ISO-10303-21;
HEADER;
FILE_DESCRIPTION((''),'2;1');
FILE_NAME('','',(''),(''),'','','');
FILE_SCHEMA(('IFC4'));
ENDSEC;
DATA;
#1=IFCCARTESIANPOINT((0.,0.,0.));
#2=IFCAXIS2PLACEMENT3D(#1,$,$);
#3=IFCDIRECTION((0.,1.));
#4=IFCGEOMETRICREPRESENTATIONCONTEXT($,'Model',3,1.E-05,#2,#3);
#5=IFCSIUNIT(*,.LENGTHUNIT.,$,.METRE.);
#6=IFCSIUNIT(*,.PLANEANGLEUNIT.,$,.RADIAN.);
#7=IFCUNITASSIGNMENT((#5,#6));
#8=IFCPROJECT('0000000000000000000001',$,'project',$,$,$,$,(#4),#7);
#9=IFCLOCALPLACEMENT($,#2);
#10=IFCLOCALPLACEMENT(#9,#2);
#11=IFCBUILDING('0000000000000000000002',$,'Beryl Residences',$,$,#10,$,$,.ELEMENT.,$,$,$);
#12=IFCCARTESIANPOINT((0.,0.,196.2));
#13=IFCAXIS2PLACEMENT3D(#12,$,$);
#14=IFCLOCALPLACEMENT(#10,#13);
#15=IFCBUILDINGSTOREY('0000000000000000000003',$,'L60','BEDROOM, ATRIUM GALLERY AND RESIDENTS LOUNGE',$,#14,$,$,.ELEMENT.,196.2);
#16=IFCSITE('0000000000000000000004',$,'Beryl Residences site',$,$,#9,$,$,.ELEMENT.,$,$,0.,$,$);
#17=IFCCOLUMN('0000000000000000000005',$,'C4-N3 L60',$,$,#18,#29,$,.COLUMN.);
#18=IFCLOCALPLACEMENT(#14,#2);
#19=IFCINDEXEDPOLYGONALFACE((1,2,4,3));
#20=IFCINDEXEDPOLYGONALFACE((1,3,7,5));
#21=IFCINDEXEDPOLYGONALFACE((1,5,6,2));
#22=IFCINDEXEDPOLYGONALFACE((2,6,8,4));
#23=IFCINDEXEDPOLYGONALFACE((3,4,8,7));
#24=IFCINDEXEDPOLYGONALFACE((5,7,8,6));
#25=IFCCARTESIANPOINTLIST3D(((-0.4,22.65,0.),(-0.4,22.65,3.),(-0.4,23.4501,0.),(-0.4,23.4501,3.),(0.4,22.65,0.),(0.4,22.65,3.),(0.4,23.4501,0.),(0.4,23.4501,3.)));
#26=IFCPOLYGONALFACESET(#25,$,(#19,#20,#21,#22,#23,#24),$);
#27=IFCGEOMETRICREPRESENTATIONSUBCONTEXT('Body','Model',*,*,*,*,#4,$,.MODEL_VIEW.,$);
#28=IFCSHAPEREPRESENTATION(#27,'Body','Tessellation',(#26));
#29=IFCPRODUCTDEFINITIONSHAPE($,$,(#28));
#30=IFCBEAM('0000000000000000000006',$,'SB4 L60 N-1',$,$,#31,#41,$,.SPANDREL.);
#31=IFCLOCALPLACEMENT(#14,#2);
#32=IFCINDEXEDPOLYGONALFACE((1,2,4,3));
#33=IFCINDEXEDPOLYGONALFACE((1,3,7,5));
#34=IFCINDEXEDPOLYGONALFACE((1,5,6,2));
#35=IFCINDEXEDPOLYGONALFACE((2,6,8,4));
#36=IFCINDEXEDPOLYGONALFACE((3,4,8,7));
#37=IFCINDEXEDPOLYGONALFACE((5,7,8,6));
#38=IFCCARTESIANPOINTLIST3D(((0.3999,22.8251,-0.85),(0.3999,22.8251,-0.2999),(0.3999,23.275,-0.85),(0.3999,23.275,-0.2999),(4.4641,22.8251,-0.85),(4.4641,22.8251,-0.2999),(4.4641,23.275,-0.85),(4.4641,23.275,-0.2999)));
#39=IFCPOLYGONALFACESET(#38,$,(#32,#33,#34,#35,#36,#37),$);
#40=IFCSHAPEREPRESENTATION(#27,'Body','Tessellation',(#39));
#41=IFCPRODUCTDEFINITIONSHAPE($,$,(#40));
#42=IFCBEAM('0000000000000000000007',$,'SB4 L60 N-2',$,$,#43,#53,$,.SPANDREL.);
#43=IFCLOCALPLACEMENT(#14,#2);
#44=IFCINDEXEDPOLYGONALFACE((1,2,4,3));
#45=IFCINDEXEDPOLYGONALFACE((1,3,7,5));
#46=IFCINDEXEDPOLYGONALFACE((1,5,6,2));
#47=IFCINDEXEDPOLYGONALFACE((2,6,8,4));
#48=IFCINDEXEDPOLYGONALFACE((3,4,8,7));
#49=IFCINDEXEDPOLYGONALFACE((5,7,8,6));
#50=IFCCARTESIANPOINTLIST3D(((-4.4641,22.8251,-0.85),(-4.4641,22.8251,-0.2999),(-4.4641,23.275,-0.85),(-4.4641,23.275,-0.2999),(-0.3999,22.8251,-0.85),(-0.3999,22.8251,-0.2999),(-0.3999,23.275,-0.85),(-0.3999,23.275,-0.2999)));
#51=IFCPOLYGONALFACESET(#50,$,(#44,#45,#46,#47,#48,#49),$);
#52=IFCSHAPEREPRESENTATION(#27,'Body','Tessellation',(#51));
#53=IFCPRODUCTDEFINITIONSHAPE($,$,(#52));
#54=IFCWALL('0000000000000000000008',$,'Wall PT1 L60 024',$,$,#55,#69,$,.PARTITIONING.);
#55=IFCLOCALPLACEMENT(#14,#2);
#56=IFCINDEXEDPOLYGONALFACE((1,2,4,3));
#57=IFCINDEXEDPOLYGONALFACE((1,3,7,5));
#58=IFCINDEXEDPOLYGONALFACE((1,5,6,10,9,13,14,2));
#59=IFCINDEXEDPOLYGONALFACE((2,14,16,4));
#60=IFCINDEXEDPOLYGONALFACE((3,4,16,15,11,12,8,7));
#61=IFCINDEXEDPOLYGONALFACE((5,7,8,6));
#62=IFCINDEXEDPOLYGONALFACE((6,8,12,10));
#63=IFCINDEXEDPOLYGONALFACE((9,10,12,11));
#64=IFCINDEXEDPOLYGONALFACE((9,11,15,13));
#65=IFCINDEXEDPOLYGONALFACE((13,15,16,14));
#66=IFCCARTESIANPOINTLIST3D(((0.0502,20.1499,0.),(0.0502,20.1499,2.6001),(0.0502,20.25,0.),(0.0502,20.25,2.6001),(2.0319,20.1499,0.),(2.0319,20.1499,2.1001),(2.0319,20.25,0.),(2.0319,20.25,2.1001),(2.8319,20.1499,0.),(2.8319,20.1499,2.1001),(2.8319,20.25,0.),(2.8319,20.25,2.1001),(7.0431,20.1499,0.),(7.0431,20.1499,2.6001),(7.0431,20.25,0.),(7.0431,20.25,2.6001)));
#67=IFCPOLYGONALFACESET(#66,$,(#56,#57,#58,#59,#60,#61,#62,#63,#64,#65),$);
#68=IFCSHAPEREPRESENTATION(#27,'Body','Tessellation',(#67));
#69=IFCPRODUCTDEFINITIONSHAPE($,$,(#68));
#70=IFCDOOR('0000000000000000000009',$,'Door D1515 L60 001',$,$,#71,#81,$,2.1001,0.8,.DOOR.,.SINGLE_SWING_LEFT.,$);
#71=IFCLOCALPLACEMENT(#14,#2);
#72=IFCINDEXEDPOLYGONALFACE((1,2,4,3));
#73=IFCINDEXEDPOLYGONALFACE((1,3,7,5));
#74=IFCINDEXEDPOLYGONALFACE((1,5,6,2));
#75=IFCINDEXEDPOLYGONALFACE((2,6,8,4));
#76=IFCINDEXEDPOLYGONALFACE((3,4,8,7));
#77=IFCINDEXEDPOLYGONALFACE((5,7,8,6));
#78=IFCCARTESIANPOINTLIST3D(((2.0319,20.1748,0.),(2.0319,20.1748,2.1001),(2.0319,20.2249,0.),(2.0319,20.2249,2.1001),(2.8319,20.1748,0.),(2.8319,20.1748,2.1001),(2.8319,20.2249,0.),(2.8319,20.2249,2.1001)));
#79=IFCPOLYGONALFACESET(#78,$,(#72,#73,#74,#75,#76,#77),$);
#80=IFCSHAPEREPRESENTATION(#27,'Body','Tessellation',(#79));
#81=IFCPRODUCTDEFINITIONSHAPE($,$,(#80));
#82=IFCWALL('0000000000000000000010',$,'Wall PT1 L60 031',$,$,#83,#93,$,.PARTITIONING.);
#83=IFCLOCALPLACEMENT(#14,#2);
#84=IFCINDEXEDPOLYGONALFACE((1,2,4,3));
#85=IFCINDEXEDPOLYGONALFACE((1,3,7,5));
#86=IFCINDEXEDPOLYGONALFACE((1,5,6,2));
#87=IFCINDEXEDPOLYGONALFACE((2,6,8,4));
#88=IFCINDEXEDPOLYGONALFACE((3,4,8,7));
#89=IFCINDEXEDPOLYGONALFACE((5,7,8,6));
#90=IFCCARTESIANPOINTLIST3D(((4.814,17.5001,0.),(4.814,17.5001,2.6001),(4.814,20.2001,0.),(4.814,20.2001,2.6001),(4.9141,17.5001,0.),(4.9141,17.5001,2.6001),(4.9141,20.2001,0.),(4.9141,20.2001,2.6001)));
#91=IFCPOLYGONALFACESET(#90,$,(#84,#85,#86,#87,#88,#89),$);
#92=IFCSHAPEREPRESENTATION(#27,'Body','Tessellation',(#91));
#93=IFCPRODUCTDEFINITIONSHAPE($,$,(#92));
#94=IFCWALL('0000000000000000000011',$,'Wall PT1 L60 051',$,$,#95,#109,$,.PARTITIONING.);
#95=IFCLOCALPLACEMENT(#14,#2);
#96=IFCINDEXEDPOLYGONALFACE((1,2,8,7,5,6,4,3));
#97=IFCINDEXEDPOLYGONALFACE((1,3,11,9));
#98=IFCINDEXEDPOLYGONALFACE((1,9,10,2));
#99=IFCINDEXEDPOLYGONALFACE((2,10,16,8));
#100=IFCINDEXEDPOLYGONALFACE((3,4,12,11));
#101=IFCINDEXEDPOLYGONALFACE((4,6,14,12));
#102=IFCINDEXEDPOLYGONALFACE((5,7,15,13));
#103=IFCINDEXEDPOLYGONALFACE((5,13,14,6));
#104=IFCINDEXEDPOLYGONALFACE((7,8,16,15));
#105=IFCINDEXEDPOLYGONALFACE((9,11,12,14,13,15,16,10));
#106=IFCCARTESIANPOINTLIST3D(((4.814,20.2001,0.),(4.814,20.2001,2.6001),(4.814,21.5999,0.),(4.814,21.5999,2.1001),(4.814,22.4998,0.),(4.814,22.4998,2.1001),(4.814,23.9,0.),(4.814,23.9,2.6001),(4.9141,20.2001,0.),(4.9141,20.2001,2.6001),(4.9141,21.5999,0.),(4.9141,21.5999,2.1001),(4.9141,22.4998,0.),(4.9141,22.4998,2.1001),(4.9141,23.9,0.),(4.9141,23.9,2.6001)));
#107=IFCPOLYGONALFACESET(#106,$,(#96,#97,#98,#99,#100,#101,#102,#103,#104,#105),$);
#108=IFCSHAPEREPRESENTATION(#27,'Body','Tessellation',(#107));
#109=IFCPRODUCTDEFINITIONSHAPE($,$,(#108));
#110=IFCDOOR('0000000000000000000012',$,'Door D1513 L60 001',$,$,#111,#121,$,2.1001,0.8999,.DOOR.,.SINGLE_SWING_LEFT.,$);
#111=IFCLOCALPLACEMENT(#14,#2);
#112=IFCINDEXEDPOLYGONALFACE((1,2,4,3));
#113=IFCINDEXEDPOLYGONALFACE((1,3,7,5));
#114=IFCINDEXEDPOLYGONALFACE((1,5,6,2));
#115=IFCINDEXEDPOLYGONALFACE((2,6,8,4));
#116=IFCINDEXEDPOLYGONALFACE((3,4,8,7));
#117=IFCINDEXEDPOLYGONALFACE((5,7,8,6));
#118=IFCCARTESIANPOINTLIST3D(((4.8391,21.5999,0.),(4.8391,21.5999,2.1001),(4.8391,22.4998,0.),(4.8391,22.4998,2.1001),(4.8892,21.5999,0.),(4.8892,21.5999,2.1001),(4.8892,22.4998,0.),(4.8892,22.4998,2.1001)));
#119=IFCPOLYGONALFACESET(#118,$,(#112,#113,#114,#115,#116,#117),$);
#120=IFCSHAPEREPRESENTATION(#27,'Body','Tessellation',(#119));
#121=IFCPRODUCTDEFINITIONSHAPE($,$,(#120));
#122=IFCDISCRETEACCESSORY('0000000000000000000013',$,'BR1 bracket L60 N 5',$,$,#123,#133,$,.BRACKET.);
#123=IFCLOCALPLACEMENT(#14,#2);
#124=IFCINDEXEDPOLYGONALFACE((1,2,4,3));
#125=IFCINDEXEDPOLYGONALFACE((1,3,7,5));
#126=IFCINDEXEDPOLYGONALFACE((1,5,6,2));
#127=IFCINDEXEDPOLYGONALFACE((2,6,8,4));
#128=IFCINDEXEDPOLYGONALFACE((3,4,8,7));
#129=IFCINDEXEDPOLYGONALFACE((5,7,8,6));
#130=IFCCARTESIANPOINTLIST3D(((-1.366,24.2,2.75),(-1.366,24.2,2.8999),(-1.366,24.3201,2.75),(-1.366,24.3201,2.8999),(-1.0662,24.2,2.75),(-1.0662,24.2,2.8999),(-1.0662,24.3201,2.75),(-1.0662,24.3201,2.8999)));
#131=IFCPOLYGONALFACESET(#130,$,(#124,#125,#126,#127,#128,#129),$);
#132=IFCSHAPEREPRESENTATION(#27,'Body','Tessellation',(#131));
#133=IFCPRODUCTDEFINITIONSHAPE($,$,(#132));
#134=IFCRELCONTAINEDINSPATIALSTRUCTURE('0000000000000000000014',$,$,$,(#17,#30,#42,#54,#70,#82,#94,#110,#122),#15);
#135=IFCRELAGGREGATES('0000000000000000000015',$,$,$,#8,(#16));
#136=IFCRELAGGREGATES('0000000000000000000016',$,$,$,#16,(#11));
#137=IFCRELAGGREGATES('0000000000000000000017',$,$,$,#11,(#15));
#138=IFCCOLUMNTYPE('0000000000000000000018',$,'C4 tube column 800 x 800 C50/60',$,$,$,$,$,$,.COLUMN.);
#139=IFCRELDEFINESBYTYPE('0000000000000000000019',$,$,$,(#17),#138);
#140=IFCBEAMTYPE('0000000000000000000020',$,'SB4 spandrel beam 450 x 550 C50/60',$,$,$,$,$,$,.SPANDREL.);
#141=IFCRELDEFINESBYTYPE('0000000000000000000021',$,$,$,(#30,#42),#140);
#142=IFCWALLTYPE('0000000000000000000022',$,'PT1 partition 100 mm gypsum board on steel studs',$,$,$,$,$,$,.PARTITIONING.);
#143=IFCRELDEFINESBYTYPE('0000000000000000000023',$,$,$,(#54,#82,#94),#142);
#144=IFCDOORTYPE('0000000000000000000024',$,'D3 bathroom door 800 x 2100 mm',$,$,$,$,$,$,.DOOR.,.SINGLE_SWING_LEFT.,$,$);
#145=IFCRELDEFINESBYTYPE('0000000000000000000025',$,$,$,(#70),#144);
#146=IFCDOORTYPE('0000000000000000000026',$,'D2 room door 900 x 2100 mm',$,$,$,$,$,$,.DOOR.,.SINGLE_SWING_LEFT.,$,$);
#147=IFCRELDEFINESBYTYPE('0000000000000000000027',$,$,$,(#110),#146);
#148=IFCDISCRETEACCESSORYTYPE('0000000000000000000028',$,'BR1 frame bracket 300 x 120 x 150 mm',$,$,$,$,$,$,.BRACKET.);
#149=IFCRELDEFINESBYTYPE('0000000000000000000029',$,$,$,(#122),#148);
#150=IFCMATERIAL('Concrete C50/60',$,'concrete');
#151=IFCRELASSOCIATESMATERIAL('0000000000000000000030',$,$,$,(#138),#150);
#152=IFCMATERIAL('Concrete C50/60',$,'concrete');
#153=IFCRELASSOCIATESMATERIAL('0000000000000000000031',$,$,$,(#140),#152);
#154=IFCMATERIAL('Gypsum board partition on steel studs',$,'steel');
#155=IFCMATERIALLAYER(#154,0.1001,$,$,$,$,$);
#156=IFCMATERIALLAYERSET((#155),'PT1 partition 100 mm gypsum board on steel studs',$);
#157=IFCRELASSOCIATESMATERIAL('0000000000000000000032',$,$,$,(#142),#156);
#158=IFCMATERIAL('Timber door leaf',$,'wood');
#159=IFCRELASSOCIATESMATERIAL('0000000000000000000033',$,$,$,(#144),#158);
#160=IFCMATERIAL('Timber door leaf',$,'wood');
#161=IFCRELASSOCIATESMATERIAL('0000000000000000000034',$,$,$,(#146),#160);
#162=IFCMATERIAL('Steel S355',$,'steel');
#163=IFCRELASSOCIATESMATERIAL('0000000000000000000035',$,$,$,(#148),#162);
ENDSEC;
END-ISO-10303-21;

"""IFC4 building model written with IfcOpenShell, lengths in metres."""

from ifc_helpers import new_model, si_unit, direction, frame, frame_2d, origin, origin_2d, place, context, subcontext, project, spatial, polyline, rectangle, outline, extrude, source, transform, mapped, material, layer, layer_set, material_profile, profile_set, type_object, type_shapes, element, fill, save


model = new_model("IFC4")

# Units and contexts
model_context = context("Model", 3, precision=1e-05, world=origin(), true_north=direction((0.0, 1.0)))
body_context = subcontext(model_context, "Body", "Model", "MODEL_VIEW")
ifc_project = project(units=[si_unit("LENGTHUNIT", "METRE"), si_unit("PLANEANGLEUNIT", "RADIAN")], contexts=[model_context])

# Site, building, storey
site_placement = place(None, origin())
site = spatial("IfcSite", under=ifc_project, at=site_placement, Name="Beryl Residences site", CompositionType="ELEMENT", RefElevation=0.0)
building_placement = place(site_placement, origin())
building = spatial("IfcBuilding", under=site, at=building_placement, Name="Beryl Residences", CompositionType="ELEMENT")
storey_placement = place(building_placement, frame((0.0, 0.0, 196.2)))
storey = spatial("IfcBuildingStorey", under=building, at=storey_placement, Name="L60", Description="BEDROOM, ATRIUM GALLERY AND RESIDENTS LOUNGE", CompositionType="ELEMENT", Elevation=196.2)

# Column
ifc_material_1 = material(Name="Concrete C50/60", Category="concrete")
ifc_material_profile_1 = material_profile(ifc_material_1, rectangle(XDim=0.8, YDim=0.8, at=origin_2d()))
ifc_profile_set_1 = profile_set([ifc_material_profile_1], Name="Concrete C50/60")
column_type = type_object("IfcColumnType", Name="C4 tube column 800 x 800 C50/60", PredefinedType="COLUMN", material=ifc_profile_set_1)
column_placement = place(storey_placement, frame((0.0, 23.05, 0.0), z_axis=(0.0, 0.0, 1.0), x_axis=(-1.0, 0.0, 0.0)))
element("IfcColumn", 1, at=column_placement, inside=storey, type_object=column_type, Name="C4-N3 L60", PredefinedType="COLUMN", context=body_context, shape_type="SweptSolid", body=[
    extrude(rectangle(XDim=0.8, YDim=0.8, at=origin_2d()), origin(), (0.0, 0.0, 1.0), 3.0),
])

# Beams
ifc_material_2 = material(Name="Concrete C50/60", Category="concrete")
ifc_material_profile_2 = material_profile(ifc_material_2, rectangle(XDim=0.45, YDim=0.55, at=origin_2d()))
ifc_profile_set_2 = profile_set([ifc_material_profile_2], Name="Concrete C50/60")
beam_type = type_object("IfcBeamType", Name="SB4 spandrel beam 450 x 550 C50/60", PredefinedType="SPANDREL", material=ifc_profile_set_2)
for number, where, z_axis, x_axis, name in (
    (2, (4.4641, 23.05, -0.575), (-1.0, 0.0, 0.0), (0.0, -1.0, 0.0), "SB4 L60 N-1"),
    (3, (-0.3999, 23.05, -0.575), (-1.0, 0.0, 0.0), (0.0, -1.0, 0.0), "SB4 L60 N-2"),
):
    element("IfcBeam", number, at=place(storey_placement, frame(where, z_axis=z_axis, x_axis=x_axis)), inside=storey, type_object=beam_type, Name=name, PredefinedType="SPANDREL", context=body_context, shape_type="SweptSolid", body=[
        extrude(rectangle(XDim=0.45, YDim=0.55, at=origin_2d()), origin(), (0.0, 0.0, 1.0), 4.0642),
    ])

# Wall, opening, door
ifc_material_3 = material(Name="Gypsum board partition on steel studs", Category="steel")
ifc_layer = layer(ifc_material_3, 0.1001)
ifc_layer_set = layer_set([ifc_layer], Name="PT1 partition 100 mm gypsum board on steel studs")
wall_type = type_object("IfcWallType", Name="PT1 partition 100 mm gypsum board on steel studs", PredefinedType="PARTITIONING", material=ifc_layer_set)
wall_1_placement = place(storey_placement, frame((0.05, 20.2, 0.0), z_axis=(0.0, 0.0, 1.0), x_axis=(1.0, 0.0, 0.0)))
wall_1 = element("IfcWall", 4, at=wall_1_placement, inside=storey, type_object=wall_type, Name="Wall PT1 L60 024", PredefinedType="PARTITIONING", context=body_context, shape_type="SweptSolid", body=[
    extrude(rectangle(XDim=6.9929, YDim=0.1001, at=frame_2d((3.4966, 0.0))), origin(), (0.0, 0.0, 1.0), 2.6001),
])
opening_1_placement = place(wall_1_placement, frame((1.9819, 0.0, 0.0)))
opening_1 = element("IfcOpeningElement", 5, at=opening_1_placement, cuts=wall_1, PredefinedType="OPENING", context=body_context, shape_type="SweptSolid", body=[
    extrude(rectangle(XDim=0.8, YDim=2.1001, at=frame_2d((0.3999, 1.05))), frame((0.0, 0.0601, 0.0), z_axis=(0.0, -1.0, 0.0), x_axis=(1.0, 0.0, 0.0)), (0.0, 0.0, 1.0), 0.1201),
])
ifc_material_4 = material(Name="Timber door leaf", Category="wood")
door_type_1 = type_object("IfcDoorType", Name="D3 bathroom door 800 x 2100 mm", OperationType="SINGLE_SWING_LEFT", PredefinedType="DOOR", material=ifc_material_4)
door_1_placement = place(opening_1_placement, origin())
door_1 = element("IfcDoor", 6, at=door_1_placement, inside=storey, type_object=door_type_1, Name="Door D1515 L60 001", OperationType="SINGLE_SWING_LEFT", OverallHeight=2.1001, OverallWidth=0.8, PredefinedType="DOOR", context=body_context, shape_type="SweptSolid", body=[
    extrude(rectangle(XDim=0.8, YDim=2.1001, at=frame_2d((0.3999, 1.05))), frame((0.0, 0.0249, 0.0), z_axis=(0.0, -1.0, 0.0), x_axis=(1.0, 0.0, 0.0)), (0.0, 0.0, 1.0), 0.05),
])
fill(opening_1, door_1)

# Wall
wall_2_placement = place(storey_placement, frame((4.864, 17.5, 0.0), z_axis=(0.0, 0.0, 1.0), x_axis=(0.0, 1.0, 0.0)))
element("IfcWall", 7, at=wall_2_placement, inside=storey, type_object=wall_type, Name="Wall PT1 L60 031", PredefinedType="PARTITIONING", context=body_context, shape_type="SweptSolid", body=[
    extrude(rectangle(XDim=2.7, YDim=0.1001, at=frame_2d((1.3501, 0.0))), origin(), (0.0, 0.0, 1.0), 2.6001),
])

# Wall, opening, door
wall_3_placement = place(storey_placement, frame((4.864, 20.2, 0.0), z_axis=(0.0, 0.0, 1.0), x_axis=(0.0, 1.0, 0.0)))
wall_3 = element("IfcWall", 8, at=wall_3_placement, inside=storey, type_object=wall_type, Name="Wall PT1 L60 051", PredefinedType="PARTITIONING", context=body_context, shape_type="SweptSolid", body=[
    extrude(rectangle(XDim=3.7, YDim=0.1001, at=frame_2d((1.8501, 0.0))), origin(), (0.0, 0.0, 1.0), 2.6001),
])
opening_2_placement = place(wall_3_placement, frame((1.3999, 0.0, 0.0)))
opening_2 = element("IfcOpeningElement", 9, at=opening_2_placement, cuts=wall_3, PredefinedType="OPENING", context=body_context, shape_type="SweptSolid", body=[
    extrude(rectangle(XDim=0.8999, YDim=2.1001, at=frame_2d((0.45, 1.05))), frame((0.0, 0.0601, 0.0), z_axis=(0.0, -1.0, 0.0), x_axis=(1.0, 0.0, 0.0)), (0.0, 0.0, 1.0), 0.1201),
])
ifc_material_5 = material(Name="Timber door leaf", Category="wood")
door_type_2 = type_object("IfcDoorType", Name="D2 room door 900 x 2100 mm", OperationType="SINGLE_SWING_LEFT", PredefinedType="DOOR", material=ifc_material_5)
door_2_placement = place(opening_2_placement, origin())
door_2 = element("IfcDoor", 10, at=door_2_placement, inside=storey, type_object=door_type_2, Name="Door D1513 L60 001", OperationType="SINGLE_SWING_LEFT", OverallHeight=2.1001, OverallWidth=0.8999, PredefinedType="DOOR", context=body_context, shape_type="SweptSolid", body=[
    extrude(rectangle(XDim=0.8999, YDim=2.1001, at=frame_2d((0.45, 1.05))), frame((0.0, 0.0249, 0.0), z_axis=(0.0, -1.0, 0.0), x_axis=(1.0, 0.0, 0.0)), (0.0, 0.0, 1.0), 0.05),
])
fill(opening_2, door_2)

# Discrete accessory
ifc_material_6 = material(Name="Steel S355", Category="steel")
discrete_accessory_type = type_object("IfcDiscreteAccessoryType", Name="BR1 frame bracket 300 x 120 x 150 mm", PredefinedType="BRACKET", material=ifc_material_6)
shared_shape_1 = source(origin(), body_context, "Body", "SweptSolid", [
    extrude(outline(polyline([(-0.1499, 0.0), (0.1499, 0.0), (0.1499, 0.1201), (-0.1499, 0.1201), (-0.1499, 0.0)])), origin(), (0.0, 0.0, 1.0), 0.1499),
])
type_shapes(discrete_accessory_type, [shared_shape_1])
discrete_accessory_placement = place(storey_placement, frame((-1.2161, 24.2, 2.75), z_axis=(0.0, 0.0, 1.0), x_axis=(1.0, 0.0, 0.0)))
element("IfcDiscreteAccessory", 11, at=discrete_accessory_placement, inside=storey, type_object=discrete_accessory_type, Name="BR1 bracket L60 N 5", PredefinedType="BRACKET", context=body_context, shape_type="MappedRepresentation", body=[
    mapped(shared_shape_1, transform((0.0, 0.0, 0.0))),
])

save(model, "model.ifc")
